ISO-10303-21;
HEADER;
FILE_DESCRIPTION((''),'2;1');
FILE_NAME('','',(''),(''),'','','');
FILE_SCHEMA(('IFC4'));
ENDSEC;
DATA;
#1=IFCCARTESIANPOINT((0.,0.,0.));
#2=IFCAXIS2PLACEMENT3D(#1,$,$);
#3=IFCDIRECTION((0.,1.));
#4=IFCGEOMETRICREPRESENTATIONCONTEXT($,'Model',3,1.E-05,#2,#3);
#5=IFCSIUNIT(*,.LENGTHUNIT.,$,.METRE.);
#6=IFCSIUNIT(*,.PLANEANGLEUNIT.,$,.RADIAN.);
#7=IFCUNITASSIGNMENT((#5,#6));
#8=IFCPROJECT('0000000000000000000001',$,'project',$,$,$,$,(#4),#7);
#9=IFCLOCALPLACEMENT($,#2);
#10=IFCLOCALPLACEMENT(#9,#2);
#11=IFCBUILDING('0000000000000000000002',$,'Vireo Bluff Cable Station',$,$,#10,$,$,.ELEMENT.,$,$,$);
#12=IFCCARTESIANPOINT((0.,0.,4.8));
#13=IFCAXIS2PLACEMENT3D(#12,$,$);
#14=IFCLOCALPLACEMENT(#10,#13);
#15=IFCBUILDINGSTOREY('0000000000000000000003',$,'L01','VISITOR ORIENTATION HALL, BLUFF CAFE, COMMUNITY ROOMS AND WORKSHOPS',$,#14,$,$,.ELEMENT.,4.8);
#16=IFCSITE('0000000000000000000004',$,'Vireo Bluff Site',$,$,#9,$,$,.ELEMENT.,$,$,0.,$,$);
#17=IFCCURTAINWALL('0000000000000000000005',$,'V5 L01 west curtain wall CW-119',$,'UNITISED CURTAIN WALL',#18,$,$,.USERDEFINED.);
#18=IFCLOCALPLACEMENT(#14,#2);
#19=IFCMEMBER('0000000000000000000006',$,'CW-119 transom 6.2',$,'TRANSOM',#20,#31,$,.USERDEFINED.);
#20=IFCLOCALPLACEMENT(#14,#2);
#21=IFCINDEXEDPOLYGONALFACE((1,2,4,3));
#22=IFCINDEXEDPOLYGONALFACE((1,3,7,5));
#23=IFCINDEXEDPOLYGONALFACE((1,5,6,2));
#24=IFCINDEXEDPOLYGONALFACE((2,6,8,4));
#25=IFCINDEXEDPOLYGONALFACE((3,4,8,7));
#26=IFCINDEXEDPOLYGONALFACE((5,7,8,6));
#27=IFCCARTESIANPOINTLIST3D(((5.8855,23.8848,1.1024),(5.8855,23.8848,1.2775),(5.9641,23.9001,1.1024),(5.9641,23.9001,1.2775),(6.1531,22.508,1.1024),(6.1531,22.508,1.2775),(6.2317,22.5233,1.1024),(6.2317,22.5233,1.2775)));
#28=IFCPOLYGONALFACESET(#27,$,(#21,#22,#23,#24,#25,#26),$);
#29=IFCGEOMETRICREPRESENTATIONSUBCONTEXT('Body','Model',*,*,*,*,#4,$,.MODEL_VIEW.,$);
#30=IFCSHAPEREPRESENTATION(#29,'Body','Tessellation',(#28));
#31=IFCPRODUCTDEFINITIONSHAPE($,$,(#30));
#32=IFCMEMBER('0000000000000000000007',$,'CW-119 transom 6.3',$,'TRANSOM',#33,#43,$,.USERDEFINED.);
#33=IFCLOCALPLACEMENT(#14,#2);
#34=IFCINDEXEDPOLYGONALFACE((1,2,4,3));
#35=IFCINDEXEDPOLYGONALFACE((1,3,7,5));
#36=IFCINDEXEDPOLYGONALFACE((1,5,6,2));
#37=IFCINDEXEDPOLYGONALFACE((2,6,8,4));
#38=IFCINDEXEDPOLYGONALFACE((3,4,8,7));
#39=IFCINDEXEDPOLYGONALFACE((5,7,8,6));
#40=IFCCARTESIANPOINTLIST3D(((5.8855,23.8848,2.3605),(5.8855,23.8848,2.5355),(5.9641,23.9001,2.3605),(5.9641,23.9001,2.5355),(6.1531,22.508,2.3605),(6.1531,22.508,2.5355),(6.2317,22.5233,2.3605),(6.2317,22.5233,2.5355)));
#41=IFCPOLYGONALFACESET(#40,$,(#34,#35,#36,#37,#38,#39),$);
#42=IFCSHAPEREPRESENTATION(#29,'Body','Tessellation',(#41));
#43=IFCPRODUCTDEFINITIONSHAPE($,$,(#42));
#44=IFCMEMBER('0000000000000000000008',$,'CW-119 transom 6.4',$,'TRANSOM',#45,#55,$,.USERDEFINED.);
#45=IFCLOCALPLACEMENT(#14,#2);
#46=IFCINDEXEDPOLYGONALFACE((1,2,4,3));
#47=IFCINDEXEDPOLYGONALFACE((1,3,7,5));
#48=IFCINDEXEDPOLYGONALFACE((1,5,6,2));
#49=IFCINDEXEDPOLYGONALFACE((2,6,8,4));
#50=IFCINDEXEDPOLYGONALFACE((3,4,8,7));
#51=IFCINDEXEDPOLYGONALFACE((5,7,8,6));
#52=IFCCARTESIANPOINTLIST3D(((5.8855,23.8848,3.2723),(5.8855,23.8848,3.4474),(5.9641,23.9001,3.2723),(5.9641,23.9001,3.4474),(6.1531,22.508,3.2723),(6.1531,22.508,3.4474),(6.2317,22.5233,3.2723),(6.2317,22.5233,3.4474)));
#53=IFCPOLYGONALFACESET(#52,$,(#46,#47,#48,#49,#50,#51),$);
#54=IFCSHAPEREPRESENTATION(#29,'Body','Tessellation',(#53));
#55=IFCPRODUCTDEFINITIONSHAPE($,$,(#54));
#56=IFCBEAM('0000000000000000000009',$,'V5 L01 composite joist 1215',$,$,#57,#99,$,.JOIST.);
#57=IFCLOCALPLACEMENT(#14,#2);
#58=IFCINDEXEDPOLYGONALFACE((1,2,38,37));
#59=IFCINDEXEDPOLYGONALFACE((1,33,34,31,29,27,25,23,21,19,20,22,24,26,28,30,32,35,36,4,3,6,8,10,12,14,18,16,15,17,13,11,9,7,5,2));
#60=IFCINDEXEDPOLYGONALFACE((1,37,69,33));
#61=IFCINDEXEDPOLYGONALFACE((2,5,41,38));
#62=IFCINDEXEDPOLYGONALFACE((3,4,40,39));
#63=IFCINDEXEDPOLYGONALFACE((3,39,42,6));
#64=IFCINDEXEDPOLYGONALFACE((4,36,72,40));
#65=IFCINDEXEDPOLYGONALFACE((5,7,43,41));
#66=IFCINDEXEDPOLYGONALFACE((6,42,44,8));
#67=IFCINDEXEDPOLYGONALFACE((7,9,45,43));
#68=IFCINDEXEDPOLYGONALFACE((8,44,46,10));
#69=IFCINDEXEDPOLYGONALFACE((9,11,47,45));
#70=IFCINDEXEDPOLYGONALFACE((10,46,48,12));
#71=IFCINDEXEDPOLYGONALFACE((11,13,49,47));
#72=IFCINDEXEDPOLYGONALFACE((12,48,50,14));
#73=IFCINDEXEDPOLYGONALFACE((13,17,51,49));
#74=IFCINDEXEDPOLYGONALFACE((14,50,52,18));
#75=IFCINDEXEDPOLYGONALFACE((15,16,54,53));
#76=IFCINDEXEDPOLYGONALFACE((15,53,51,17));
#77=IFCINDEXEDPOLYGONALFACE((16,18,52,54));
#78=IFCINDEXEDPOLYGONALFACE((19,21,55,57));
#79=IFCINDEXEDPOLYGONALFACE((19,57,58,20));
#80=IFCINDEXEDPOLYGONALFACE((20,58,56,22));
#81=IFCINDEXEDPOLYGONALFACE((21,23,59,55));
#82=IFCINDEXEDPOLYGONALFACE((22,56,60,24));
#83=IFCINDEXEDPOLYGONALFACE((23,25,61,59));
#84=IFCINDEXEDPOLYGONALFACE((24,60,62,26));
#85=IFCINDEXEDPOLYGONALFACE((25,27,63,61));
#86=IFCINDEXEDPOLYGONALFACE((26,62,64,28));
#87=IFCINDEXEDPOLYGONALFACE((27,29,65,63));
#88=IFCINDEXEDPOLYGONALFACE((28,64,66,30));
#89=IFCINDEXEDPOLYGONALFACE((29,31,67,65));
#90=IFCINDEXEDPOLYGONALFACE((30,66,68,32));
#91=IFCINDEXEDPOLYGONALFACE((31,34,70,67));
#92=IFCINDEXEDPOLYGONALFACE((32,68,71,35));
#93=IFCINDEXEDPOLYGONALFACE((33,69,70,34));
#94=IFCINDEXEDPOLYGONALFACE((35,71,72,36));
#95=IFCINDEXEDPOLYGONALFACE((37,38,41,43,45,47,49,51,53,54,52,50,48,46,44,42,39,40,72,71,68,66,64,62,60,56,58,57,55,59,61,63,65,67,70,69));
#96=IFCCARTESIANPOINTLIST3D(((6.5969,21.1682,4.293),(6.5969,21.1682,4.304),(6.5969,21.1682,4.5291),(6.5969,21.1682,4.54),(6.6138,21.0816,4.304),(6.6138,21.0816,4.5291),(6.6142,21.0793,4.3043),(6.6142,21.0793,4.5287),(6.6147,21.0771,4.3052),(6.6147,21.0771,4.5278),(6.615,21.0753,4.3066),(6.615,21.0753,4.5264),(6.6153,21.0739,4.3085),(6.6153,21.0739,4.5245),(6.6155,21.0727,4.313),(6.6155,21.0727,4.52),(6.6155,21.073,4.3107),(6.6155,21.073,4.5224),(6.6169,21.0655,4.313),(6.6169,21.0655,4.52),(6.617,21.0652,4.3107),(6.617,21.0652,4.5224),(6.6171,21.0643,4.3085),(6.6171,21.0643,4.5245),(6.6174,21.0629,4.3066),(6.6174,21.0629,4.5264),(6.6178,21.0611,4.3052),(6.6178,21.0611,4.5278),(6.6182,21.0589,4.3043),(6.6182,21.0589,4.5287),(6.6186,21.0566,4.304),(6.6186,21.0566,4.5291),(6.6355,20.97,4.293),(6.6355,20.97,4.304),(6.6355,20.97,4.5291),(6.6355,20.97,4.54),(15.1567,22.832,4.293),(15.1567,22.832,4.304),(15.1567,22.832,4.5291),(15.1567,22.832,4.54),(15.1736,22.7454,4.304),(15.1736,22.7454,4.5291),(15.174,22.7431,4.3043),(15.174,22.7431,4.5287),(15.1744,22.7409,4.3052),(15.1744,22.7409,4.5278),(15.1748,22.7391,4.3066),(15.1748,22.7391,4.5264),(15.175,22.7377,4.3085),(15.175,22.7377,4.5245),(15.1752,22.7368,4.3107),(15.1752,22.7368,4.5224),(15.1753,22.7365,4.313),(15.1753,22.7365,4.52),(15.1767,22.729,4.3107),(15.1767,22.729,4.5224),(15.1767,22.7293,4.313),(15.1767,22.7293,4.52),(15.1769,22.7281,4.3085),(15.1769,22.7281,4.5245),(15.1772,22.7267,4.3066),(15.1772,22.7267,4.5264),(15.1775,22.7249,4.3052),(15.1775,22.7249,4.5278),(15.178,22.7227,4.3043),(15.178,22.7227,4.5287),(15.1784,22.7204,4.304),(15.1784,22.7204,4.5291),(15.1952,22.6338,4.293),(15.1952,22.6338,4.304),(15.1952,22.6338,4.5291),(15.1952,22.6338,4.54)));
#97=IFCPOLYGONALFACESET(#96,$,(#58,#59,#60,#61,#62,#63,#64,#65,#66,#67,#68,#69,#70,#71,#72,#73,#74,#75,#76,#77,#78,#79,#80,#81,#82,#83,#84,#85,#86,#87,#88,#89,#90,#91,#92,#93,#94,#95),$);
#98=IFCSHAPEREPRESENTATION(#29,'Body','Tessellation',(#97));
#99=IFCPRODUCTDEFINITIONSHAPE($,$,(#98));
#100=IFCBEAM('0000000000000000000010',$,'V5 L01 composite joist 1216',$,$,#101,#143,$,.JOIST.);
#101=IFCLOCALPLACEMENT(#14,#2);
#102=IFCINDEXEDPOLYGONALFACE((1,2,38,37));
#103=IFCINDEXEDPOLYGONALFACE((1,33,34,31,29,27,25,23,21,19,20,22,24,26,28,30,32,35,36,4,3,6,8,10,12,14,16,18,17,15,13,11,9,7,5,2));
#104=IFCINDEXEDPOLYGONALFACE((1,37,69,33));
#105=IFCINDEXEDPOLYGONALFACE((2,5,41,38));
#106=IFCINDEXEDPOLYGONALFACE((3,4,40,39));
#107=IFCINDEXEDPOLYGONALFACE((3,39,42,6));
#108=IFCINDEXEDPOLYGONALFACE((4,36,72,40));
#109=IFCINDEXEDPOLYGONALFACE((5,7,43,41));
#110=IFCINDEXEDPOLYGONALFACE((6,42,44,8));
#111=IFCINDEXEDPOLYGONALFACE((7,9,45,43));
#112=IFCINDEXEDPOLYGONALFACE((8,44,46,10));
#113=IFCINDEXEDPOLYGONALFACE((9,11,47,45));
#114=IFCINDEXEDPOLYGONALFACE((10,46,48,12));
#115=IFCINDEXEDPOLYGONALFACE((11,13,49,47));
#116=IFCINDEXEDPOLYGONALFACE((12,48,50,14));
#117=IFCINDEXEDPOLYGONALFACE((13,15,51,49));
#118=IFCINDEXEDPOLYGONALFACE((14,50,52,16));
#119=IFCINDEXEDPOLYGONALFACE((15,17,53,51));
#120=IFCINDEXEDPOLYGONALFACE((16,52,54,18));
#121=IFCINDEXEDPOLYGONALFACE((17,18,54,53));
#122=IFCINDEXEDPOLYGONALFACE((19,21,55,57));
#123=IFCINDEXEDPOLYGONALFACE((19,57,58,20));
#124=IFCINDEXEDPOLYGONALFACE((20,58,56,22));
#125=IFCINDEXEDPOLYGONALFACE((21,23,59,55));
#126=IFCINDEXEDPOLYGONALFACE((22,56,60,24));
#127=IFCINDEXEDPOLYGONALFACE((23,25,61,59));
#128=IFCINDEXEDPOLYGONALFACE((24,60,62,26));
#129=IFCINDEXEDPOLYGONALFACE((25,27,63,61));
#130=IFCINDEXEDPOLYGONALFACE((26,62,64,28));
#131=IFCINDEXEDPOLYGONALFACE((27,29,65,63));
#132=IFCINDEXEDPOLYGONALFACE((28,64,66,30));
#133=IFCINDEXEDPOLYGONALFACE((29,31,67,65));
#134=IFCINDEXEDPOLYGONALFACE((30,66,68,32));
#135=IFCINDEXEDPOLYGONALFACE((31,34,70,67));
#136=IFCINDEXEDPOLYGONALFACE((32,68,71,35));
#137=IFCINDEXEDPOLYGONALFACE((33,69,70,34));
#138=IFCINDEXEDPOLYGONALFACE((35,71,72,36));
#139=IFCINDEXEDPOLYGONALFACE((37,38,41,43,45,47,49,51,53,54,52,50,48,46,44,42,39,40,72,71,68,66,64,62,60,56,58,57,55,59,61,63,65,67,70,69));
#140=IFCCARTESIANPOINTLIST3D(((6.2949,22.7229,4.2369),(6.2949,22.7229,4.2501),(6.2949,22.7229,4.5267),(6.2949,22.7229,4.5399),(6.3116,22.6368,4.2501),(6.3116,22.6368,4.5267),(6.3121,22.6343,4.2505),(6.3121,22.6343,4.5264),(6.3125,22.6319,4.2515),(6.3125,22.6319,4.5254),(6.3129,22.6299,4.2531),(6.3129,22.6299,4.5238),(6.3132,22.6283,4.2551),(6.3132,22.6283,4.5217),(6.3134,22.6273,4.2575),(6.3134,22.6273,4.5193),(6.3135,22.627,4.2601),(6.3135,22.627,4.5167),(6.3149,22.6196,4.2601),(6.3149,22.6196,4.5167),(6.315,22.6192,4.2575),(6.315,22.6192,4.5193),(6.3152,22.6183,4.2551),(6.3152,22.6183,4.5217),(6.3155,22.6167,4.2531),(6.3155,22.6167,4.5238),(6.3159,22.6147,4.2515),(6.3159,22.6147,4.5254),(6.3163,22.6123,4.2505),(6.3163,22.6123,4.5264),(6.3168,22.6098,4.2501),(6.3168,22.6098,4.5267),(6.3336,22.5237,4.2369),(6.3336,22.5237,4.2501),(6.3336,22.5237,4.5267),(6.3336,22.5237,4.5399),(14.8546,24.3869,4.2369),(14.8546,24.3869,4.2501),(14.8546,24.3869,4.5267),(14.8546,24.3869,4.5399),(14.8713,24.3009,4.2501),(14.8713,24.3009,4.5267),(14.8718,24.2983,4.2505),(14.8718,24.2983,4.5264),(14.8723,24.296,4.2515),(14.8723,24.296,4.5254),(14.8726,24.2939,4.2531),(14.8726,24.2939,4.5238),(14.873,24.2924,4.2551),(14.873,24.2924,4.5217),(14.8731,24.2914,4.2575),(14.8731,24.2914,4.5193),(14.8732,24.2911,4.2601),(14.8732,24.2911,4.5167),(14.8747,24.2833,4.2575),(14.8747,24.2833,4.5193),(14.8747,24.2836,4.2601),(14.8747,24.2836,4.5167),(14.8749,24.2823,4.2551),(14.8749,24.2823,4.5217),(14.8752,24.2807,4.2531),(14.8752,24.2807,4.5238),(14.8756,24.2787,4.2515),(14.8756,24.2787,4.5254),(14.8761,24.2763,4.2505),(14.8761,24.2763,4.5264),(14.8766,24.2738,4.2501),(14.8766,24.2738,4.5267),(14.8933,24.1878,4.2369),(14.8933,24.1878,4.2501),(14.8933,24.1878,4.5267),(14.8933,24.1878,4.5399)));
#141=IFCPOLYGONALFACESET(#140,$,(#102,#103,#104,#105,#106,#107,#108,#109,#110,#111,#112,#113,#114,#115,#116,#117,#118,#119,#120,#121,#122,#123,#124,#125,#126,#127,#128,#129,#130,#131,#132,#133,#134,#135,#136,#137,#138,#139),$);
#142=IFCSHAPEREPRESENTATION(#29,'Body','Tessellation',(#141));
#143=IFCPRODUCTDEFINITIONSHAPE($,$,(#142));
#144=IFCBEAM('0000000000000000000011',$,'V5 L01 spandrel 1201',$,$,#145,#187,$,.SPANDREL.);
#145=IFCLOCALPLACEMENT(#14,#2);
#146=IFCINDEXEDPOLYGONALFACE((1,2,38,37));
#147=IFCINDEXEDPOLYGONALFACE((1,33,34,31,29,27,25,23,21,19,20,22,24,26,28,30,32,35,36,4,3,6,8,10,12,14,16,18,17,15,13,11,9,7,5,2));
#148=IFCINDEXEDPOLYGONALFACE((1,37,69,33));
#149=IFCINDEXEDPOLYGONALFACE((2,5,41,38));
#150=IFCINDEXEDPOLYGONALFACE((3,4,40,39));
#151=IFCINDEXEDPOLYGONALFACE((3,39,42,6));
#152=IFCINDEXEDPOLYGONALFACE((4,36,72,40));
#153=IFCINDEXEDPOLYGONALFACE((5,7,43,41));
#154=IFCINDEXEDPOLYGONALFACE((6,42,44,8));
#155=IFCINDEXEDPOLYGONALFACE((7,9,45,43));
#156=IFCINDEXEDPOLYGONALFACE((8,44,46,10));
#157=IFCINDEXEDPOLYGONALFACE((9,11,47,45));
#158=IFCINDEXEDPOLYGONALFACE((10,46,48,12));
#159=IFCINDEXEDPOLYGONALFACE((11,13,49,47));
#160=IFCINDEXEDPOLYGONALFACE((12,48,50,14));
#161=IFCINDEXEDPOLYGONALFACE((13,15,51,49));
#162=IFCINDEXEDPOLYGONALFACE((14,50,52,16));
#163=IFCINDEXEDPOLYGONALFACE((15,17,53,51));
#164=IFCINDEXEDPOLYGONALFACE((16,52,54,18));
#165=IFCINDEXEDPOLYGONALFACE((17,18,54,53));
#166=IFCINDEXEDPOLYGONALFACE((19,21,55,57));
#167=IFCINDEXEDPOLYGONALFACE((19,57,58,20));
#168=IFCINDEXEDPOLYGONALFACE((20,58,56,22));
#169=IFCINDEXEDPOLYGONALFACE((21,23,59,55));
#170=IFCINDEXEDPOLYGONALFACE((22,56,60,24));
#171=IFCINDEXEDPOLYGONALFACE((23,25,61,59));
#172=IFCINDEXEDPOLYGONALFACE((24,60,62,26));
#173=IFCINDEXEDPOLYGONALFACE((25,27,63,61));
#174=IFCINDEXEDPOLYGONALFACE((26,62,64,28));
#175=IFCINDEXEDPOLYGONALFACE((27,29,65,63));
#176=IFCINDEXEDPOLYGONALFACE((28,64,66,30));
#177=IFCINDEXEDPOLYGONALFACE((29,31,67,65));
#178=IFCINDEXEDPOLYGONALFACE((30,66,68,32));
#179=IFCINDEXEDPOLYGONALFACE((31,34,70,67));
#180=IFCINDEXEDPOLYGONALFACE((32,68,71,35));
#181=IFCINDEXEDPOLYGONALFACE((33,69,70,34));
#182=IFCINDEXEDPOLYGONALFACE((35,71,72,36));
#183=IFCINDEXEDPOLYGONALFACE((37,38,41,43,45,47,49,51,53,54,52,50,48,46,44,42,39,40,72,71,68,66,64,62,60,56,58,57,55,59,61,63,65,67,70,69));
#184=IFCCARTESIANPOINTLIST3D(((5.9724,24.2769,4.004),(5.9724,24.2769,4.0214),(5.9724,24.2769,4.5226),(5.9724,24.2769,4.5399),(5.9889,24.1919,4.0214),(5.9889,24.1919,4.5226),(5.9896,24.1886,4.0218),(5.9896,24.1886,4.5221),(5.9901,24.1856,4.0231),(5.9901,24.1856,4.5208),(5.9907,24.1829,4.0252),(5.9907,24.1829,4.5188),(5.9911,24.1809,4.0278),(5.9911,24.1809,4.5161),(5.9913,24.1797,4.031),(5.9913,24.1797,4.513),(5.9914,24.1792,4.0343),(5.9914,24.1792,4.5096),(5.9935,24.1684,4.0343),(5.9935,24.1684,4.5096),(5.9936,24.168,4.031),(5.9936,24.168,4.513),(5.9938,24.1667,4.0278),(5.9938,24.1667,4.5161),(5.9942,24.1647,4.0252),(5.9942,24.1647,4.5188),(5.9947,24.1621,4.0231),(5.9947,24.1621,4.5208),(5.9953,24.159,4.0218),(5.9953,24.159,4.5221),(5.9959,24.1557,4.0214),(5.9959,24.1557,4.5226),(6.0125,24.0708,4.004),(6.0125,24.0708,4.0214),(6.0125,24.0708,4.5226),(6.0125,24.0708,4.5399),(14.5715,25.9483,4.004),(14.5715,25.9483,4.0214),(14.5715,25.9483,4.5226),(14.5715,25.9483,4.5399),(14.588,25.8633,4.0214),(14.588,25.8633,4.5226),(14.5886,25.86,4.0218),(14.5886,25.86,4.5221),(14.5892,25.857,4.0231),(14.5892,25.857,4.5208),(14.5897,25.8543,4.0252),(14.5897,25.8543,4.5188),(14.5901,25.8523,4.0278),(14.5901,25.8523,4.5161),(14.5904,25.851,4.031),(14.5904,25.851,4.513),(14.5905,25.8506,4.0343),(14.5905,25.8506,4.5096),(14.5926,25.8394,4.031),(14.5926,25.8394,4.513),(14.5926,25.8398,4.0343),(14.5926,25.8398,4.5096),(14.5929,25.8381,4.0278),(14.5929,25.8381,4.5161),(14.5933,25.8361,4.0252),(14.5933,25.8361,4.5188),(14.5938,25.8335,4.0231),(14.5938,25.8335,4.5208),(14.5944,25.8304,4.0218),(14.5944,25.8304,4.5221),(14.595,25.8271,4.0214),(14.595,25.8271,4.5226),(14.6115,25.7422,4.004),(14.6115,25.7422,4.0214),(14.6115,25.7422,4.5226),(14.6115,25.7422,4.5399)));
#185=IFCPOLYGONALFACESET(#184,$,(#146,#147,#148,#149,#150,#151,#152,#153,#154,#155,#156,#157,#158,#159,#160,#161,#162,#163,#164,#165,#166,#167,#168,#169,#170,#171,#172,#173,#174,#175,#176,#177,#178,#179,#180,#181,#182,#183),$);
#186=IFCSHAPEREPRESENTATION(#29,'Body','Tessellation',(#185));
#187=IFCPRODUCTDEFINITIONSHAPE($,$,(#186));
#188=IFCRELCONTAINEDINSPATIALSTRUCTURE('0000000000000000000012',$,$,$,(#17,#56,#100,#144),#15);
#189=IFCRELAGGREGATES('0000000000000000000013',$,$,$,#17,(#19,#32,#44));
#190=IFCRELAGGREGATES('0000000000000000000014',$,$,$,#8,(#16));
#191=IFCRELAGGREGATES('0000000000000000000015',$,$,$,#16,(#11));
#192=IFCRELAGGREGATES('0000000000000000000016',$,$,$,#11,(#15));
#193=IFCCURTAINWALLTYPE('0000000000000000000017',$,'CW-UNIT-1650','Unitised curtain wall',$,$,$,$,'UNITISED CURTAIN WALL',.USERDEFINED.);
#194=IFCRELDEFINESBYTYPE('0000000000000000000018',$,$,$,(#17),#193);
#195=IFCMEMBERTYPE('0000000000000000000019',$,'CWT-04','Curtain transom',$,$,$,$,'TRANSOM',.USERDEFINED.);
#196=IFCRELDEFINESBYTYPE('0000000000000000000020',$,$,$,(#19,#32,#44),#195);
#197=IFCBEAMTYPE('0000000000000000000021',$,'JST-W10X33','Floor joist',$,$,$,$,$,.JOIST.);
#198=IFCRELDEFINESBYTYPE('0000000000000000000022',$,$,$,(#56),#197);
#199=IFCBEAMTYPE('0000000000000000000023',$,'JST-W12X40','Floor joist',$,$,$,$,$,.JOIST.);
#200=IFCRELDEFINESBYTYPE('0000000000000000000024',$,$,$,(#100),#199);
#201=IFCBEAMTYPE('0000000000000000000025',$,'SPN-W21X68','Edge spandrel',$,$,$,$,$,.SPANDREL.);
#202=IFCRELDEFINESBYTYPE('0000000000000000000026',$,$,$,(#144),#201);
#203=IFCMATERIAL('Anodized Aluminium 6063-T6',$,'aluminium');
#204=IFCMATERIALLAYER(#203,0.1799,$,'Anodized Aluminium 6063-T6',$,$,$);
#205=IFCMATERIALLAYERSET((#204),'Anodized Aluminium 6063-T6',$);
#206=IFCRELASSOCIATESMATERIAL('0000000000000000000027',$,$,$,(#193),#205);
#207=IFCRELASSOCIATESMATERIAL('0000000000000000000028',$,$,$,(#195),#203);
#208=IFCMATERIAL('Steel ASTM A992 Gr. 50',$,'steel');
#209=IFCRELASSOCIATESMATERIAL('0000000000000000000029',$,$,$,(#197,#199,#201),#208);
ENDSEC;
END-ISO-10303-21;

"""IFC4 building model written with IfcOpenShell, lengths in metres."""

from ifc_helpers import new_model, si_unit, direction, frame, origin, origin_2d, place, context, subcontext, project, spatial, rectangle, i_section, extrude, material, layer, layer_set, material_profile, profile_set, type_object, element, aggregate, save


model = new_model("IFC4")

# Units and contexts
model_context = context("Model", 3, precision=1e-05, world=origin(), true_north=direction((0.0, 1.0)))
body_context = subcontext(model_context, "Body", "Model", "MODEL_VIEW")
ifc_project = project(units=[si_unit("LENGTHUNIT", "METRE"), si_unit("PLANEANGLEUNIT", "RADIAN")], contexts=[model_context])

# Site, building, storey
site_placement = place(None, origin())
site = spatial("IfcSite", under=ifc_project, at=site_placement, Name="Vireo Bluff Site", CompositionType="ELEMENT", RefElevation=0.0)
building_placement = place(site_placement, origin())
building = spatial("IfcBuilding", under=site, at=building_placement, Name="Vireo Bluff Cable Station", CompositionType="ELEMENT")
storey_placement = place(building_placement, frame((0.0, 0.0, 4.8)))
storey = spatial("IfcBuildingStorey", under=building, at=storey_placement, Name="L01", Description="VISITOR ORIENTATION HALL, BLUFF CAFE, COMMUNITY ROOMS AND WORKSHOPS", CompositionType="ELEMENT", Elevation=4.8)

# Shared definitions
ifc_material_1 = material(Name="Steel ASTM A992 Gr. 50", Category="steel")

# Shared definitions
ifc_material_2 = material(Name="Anodized Aluminium 6063-T6", Category="aluminium")

# Curtain wall
ifc_layer_1 = layer(ifc_material_2, 0.1799, Name="Anodized Aluminium 6063-T6")
ifc_layer_set_1 = layer_set([ifc_layer_1], Name="Anodized Aluminium 6063-T6")
curtain_wall_type_1 = type_object("IfcCurtainWallType", Name="CW-UNIT-1650", Description="Unitised curtain wall", ElementType="UNITISED CURTAIN WALL", PredefinedType="USERDEFINED", material=ifc_layer_set_1)
curtain_wall_1_placement = place(storey_placement, origin())
curtain_wall_1 = element("IfcCurtainWall", 1, at=curtain_wall_1_placement, inside=storey, type_object=curtain_wall_type_1, Name="V5 L01 west curtain wall CW-119", ObjectType="UNITISED CURTAIN WALL", PredefinedType="USERDEFINED")

# Members
ifc_material_profile_1 = material_profile(ifc_material_2, rectangle(XDim=0.0801, YDim=0.175, at=origin_2d()), Name="ALU-T-80X175")
ifc_profile_set_1 = profile_set([ifc_material_profile_1], Name="Anodized Aluminium 6063-T6")
member_type_1 = type_object("IfcMemberType", Name="CWT-04", Description="Curtain transom", ElementType="TRANSOM", PredefinedType="USERDEFINED", material=ifc_profile_set_1)
member_1_placement = place(storey_placement, frame((6.1924, 22.5156, 1.1899), z_axis=(-0.19079, 0.981631, 0.0), x_axis=(-0.981631, -0.19079, 0.0)))
member_1 = element("IfcMember", 2, at=member_1_placement, type_object=member_type_1, Name="CW-119 transom 6.2", ObjectType="TRANSOM", PredefinedType="USERDEFINED", context=body_context, shape_type="SweptSolid", body=[
    extrude(rectangle(XDim=0.0801, YDim=0.175, at=origin_2d()), origin(), (0.0, 0.0, 1.0), 1.4026),
])
member_2_placement = place(storey_placement, frame((6.1924, 22.5156, 2.448), z_axis=(-0.19079, 0.981631, 0.0), x_axis=(-0.981631, -0.19079, 0.0)))
member_2 = element("IfcMember", 3, at=member_2_placement, type_object=member_type_1, Name="CW-119 transom 6.3", ObjectType="TRANSOM", PredefinedType="USERDEFINED", context=body_context, shape_type="SweptSolid", body=[
    extrude(rectangle(XDim=0.0801, YDim=0.175, at=origin_2d()), origin(), (0.0, 0.0, 1.0), 1.4026),
])
member_3_placement = place(storey_placement, frame((6.1924, 22.5156, 3.3599), z_axis=(-0.19079, 0.981631, 0.0), x_axis=(-0.981631, -0.19079, 0.0)))
member_3 = element("IfcMember", 4, at=member_3_placement, type_object=member_type_1, Name="CW-119 transom 6.4", ObjectType="TRANSOM", PredefinedType="USERDEFINED", context=body_context, shape_type="SweptSolid", body=[
    extrude(rectangle(XDim=0.0801, YDim=0.175, at=origin_2d()), origin(), (0.0, 0.0, 1.0), 1.4026),
])

# Beams
ifc_material_profile_2 = material_profile(ifc_material_1, i_section(OverallWidth=0.2019, OverallDepth=0.2471, WebThickness=0.0073, FlangeThickness=0.011, FilletRadius=0.009, at=origin_2d()), Name="W10X33")
ifc_profile_set_2 = profile_set([ifc_material_profile_2], Name="Steel ASTM A992 Gr. 50")
beam_type_1 = type_object("IfcBeamType", Name="JST-W10X33", Description="Floor joist", PredefinedType="JOIST", material=ifc_profile_set_2)
beam_1_placement = place(storey_placement, frame((6.6162, 21.0691, 4.4165), z_axis=(0.981628, 0.190804, 0.0), x_axis=(-0.190804, 0.981628, 0.0)))
element("IfcBeam", 5, at=beam_1_placement, inside=storey, type_object=beam_type_1, Name="V5 L01 composite joist 1215", PredefinedType="JOIST", context=body_context, shape_type="SweptSolid", body=[
    extrude(i_section(OverallWidth=0.2019, OverallDepth=0.2471, WebThickness=0.0073, FlangeThickness=0.011, FilletRadius=0.009, at=origin_2d()), origin(), (0.0, 0.0, 1.0), 8.72),
])
ifc_material_profile_3 = material_profile(ifc_material_1, i_section(OverallWidth=0.2029, OverallDepth=0.303, WebThickness=0.0076, FlangeThickness=0.0132, FilletRadius=0.01, at=origin_2d()), Name="W12X40")
ifc_profile_set_3 = profile_set([ifc_material_profile_3], Name="Steel ASTM A992 Gr. 50")
beam_type_2 = type_object("IfcBeamType", Name="JST-W12X40", Description="Floor joist", PredefinedType="JOIST", material=ifc_profile_set_3)
beam_2_placement = place(storey_placement, frame((6.3142, 22.6233, 4.3884), z_axis=(0.981623, 0.190831, 0.0), x_axis=(-0.190831, 0.981623, 0.0)))
element("IfcBeam", 6, at=beam_2_placement, inside=storey, type_object=beam_type_2, Name="V5 L01 composite joist 1216", PredefinedType="JOIST", context=body_context, shape_type="SweptSolid", body=[
    extrude(i_section(OverallWidth=0.2029, OverallDepth=0.303, WebThickness=0.0076, FlangeThickness=0.0132, FilletRadius=0.01, at=origin_2d()), origin(), (0.0, 0.0, 1.0), 8.72),
])
ifc_material_profile_4 = material_profile(ifc_material_1, i_section(OverallWidth=0.21, OverallDepth=0.5359, WebThickness=0.011, FlangeThickness=0.0173, FilletRadius=0.0129, at=origin_2d()), Name="W21X68")
ifc_profile_set_4 = profile_set([ifc_material_profile_4], Name="Steel ASTM A992 Gr. 50")
beam_type_3 = type_object("IfcBeamType", Name="SPN-W21X68", Description="Edge spandrel", PredefinedType="SPANDREL", material=ifc_profile_set_4)
beam_3_placement = place(storey_placement, frame((5.9924, 24.1738, 4.272), z_axis=(0.98163, 0.190797, 0.0), x_axis=(-0.190797, 0.98163, 0.0)))
element("IfcBeam", 7, at=beam_3_placement, inside=storey, type_object=beam_type_3, Name="V5 L01 spandrel 1201", PredefinedType="SPANDREL", context=body_context, shape_type="SweptSolid", body=[
    extrude(i_section(OverallWidth=0.21, OverallDepth=0.5359, WebThickness=0.011, FlangeThickness=0.0173, FilletRadius=0.0129, at=origin_2d()), origin(), (0.0, 0.0, 1.0), 8.76),
])

aggregate(curtain_wall_1, [member_1, member_2, member_3])

save(model, "model.ifc")
